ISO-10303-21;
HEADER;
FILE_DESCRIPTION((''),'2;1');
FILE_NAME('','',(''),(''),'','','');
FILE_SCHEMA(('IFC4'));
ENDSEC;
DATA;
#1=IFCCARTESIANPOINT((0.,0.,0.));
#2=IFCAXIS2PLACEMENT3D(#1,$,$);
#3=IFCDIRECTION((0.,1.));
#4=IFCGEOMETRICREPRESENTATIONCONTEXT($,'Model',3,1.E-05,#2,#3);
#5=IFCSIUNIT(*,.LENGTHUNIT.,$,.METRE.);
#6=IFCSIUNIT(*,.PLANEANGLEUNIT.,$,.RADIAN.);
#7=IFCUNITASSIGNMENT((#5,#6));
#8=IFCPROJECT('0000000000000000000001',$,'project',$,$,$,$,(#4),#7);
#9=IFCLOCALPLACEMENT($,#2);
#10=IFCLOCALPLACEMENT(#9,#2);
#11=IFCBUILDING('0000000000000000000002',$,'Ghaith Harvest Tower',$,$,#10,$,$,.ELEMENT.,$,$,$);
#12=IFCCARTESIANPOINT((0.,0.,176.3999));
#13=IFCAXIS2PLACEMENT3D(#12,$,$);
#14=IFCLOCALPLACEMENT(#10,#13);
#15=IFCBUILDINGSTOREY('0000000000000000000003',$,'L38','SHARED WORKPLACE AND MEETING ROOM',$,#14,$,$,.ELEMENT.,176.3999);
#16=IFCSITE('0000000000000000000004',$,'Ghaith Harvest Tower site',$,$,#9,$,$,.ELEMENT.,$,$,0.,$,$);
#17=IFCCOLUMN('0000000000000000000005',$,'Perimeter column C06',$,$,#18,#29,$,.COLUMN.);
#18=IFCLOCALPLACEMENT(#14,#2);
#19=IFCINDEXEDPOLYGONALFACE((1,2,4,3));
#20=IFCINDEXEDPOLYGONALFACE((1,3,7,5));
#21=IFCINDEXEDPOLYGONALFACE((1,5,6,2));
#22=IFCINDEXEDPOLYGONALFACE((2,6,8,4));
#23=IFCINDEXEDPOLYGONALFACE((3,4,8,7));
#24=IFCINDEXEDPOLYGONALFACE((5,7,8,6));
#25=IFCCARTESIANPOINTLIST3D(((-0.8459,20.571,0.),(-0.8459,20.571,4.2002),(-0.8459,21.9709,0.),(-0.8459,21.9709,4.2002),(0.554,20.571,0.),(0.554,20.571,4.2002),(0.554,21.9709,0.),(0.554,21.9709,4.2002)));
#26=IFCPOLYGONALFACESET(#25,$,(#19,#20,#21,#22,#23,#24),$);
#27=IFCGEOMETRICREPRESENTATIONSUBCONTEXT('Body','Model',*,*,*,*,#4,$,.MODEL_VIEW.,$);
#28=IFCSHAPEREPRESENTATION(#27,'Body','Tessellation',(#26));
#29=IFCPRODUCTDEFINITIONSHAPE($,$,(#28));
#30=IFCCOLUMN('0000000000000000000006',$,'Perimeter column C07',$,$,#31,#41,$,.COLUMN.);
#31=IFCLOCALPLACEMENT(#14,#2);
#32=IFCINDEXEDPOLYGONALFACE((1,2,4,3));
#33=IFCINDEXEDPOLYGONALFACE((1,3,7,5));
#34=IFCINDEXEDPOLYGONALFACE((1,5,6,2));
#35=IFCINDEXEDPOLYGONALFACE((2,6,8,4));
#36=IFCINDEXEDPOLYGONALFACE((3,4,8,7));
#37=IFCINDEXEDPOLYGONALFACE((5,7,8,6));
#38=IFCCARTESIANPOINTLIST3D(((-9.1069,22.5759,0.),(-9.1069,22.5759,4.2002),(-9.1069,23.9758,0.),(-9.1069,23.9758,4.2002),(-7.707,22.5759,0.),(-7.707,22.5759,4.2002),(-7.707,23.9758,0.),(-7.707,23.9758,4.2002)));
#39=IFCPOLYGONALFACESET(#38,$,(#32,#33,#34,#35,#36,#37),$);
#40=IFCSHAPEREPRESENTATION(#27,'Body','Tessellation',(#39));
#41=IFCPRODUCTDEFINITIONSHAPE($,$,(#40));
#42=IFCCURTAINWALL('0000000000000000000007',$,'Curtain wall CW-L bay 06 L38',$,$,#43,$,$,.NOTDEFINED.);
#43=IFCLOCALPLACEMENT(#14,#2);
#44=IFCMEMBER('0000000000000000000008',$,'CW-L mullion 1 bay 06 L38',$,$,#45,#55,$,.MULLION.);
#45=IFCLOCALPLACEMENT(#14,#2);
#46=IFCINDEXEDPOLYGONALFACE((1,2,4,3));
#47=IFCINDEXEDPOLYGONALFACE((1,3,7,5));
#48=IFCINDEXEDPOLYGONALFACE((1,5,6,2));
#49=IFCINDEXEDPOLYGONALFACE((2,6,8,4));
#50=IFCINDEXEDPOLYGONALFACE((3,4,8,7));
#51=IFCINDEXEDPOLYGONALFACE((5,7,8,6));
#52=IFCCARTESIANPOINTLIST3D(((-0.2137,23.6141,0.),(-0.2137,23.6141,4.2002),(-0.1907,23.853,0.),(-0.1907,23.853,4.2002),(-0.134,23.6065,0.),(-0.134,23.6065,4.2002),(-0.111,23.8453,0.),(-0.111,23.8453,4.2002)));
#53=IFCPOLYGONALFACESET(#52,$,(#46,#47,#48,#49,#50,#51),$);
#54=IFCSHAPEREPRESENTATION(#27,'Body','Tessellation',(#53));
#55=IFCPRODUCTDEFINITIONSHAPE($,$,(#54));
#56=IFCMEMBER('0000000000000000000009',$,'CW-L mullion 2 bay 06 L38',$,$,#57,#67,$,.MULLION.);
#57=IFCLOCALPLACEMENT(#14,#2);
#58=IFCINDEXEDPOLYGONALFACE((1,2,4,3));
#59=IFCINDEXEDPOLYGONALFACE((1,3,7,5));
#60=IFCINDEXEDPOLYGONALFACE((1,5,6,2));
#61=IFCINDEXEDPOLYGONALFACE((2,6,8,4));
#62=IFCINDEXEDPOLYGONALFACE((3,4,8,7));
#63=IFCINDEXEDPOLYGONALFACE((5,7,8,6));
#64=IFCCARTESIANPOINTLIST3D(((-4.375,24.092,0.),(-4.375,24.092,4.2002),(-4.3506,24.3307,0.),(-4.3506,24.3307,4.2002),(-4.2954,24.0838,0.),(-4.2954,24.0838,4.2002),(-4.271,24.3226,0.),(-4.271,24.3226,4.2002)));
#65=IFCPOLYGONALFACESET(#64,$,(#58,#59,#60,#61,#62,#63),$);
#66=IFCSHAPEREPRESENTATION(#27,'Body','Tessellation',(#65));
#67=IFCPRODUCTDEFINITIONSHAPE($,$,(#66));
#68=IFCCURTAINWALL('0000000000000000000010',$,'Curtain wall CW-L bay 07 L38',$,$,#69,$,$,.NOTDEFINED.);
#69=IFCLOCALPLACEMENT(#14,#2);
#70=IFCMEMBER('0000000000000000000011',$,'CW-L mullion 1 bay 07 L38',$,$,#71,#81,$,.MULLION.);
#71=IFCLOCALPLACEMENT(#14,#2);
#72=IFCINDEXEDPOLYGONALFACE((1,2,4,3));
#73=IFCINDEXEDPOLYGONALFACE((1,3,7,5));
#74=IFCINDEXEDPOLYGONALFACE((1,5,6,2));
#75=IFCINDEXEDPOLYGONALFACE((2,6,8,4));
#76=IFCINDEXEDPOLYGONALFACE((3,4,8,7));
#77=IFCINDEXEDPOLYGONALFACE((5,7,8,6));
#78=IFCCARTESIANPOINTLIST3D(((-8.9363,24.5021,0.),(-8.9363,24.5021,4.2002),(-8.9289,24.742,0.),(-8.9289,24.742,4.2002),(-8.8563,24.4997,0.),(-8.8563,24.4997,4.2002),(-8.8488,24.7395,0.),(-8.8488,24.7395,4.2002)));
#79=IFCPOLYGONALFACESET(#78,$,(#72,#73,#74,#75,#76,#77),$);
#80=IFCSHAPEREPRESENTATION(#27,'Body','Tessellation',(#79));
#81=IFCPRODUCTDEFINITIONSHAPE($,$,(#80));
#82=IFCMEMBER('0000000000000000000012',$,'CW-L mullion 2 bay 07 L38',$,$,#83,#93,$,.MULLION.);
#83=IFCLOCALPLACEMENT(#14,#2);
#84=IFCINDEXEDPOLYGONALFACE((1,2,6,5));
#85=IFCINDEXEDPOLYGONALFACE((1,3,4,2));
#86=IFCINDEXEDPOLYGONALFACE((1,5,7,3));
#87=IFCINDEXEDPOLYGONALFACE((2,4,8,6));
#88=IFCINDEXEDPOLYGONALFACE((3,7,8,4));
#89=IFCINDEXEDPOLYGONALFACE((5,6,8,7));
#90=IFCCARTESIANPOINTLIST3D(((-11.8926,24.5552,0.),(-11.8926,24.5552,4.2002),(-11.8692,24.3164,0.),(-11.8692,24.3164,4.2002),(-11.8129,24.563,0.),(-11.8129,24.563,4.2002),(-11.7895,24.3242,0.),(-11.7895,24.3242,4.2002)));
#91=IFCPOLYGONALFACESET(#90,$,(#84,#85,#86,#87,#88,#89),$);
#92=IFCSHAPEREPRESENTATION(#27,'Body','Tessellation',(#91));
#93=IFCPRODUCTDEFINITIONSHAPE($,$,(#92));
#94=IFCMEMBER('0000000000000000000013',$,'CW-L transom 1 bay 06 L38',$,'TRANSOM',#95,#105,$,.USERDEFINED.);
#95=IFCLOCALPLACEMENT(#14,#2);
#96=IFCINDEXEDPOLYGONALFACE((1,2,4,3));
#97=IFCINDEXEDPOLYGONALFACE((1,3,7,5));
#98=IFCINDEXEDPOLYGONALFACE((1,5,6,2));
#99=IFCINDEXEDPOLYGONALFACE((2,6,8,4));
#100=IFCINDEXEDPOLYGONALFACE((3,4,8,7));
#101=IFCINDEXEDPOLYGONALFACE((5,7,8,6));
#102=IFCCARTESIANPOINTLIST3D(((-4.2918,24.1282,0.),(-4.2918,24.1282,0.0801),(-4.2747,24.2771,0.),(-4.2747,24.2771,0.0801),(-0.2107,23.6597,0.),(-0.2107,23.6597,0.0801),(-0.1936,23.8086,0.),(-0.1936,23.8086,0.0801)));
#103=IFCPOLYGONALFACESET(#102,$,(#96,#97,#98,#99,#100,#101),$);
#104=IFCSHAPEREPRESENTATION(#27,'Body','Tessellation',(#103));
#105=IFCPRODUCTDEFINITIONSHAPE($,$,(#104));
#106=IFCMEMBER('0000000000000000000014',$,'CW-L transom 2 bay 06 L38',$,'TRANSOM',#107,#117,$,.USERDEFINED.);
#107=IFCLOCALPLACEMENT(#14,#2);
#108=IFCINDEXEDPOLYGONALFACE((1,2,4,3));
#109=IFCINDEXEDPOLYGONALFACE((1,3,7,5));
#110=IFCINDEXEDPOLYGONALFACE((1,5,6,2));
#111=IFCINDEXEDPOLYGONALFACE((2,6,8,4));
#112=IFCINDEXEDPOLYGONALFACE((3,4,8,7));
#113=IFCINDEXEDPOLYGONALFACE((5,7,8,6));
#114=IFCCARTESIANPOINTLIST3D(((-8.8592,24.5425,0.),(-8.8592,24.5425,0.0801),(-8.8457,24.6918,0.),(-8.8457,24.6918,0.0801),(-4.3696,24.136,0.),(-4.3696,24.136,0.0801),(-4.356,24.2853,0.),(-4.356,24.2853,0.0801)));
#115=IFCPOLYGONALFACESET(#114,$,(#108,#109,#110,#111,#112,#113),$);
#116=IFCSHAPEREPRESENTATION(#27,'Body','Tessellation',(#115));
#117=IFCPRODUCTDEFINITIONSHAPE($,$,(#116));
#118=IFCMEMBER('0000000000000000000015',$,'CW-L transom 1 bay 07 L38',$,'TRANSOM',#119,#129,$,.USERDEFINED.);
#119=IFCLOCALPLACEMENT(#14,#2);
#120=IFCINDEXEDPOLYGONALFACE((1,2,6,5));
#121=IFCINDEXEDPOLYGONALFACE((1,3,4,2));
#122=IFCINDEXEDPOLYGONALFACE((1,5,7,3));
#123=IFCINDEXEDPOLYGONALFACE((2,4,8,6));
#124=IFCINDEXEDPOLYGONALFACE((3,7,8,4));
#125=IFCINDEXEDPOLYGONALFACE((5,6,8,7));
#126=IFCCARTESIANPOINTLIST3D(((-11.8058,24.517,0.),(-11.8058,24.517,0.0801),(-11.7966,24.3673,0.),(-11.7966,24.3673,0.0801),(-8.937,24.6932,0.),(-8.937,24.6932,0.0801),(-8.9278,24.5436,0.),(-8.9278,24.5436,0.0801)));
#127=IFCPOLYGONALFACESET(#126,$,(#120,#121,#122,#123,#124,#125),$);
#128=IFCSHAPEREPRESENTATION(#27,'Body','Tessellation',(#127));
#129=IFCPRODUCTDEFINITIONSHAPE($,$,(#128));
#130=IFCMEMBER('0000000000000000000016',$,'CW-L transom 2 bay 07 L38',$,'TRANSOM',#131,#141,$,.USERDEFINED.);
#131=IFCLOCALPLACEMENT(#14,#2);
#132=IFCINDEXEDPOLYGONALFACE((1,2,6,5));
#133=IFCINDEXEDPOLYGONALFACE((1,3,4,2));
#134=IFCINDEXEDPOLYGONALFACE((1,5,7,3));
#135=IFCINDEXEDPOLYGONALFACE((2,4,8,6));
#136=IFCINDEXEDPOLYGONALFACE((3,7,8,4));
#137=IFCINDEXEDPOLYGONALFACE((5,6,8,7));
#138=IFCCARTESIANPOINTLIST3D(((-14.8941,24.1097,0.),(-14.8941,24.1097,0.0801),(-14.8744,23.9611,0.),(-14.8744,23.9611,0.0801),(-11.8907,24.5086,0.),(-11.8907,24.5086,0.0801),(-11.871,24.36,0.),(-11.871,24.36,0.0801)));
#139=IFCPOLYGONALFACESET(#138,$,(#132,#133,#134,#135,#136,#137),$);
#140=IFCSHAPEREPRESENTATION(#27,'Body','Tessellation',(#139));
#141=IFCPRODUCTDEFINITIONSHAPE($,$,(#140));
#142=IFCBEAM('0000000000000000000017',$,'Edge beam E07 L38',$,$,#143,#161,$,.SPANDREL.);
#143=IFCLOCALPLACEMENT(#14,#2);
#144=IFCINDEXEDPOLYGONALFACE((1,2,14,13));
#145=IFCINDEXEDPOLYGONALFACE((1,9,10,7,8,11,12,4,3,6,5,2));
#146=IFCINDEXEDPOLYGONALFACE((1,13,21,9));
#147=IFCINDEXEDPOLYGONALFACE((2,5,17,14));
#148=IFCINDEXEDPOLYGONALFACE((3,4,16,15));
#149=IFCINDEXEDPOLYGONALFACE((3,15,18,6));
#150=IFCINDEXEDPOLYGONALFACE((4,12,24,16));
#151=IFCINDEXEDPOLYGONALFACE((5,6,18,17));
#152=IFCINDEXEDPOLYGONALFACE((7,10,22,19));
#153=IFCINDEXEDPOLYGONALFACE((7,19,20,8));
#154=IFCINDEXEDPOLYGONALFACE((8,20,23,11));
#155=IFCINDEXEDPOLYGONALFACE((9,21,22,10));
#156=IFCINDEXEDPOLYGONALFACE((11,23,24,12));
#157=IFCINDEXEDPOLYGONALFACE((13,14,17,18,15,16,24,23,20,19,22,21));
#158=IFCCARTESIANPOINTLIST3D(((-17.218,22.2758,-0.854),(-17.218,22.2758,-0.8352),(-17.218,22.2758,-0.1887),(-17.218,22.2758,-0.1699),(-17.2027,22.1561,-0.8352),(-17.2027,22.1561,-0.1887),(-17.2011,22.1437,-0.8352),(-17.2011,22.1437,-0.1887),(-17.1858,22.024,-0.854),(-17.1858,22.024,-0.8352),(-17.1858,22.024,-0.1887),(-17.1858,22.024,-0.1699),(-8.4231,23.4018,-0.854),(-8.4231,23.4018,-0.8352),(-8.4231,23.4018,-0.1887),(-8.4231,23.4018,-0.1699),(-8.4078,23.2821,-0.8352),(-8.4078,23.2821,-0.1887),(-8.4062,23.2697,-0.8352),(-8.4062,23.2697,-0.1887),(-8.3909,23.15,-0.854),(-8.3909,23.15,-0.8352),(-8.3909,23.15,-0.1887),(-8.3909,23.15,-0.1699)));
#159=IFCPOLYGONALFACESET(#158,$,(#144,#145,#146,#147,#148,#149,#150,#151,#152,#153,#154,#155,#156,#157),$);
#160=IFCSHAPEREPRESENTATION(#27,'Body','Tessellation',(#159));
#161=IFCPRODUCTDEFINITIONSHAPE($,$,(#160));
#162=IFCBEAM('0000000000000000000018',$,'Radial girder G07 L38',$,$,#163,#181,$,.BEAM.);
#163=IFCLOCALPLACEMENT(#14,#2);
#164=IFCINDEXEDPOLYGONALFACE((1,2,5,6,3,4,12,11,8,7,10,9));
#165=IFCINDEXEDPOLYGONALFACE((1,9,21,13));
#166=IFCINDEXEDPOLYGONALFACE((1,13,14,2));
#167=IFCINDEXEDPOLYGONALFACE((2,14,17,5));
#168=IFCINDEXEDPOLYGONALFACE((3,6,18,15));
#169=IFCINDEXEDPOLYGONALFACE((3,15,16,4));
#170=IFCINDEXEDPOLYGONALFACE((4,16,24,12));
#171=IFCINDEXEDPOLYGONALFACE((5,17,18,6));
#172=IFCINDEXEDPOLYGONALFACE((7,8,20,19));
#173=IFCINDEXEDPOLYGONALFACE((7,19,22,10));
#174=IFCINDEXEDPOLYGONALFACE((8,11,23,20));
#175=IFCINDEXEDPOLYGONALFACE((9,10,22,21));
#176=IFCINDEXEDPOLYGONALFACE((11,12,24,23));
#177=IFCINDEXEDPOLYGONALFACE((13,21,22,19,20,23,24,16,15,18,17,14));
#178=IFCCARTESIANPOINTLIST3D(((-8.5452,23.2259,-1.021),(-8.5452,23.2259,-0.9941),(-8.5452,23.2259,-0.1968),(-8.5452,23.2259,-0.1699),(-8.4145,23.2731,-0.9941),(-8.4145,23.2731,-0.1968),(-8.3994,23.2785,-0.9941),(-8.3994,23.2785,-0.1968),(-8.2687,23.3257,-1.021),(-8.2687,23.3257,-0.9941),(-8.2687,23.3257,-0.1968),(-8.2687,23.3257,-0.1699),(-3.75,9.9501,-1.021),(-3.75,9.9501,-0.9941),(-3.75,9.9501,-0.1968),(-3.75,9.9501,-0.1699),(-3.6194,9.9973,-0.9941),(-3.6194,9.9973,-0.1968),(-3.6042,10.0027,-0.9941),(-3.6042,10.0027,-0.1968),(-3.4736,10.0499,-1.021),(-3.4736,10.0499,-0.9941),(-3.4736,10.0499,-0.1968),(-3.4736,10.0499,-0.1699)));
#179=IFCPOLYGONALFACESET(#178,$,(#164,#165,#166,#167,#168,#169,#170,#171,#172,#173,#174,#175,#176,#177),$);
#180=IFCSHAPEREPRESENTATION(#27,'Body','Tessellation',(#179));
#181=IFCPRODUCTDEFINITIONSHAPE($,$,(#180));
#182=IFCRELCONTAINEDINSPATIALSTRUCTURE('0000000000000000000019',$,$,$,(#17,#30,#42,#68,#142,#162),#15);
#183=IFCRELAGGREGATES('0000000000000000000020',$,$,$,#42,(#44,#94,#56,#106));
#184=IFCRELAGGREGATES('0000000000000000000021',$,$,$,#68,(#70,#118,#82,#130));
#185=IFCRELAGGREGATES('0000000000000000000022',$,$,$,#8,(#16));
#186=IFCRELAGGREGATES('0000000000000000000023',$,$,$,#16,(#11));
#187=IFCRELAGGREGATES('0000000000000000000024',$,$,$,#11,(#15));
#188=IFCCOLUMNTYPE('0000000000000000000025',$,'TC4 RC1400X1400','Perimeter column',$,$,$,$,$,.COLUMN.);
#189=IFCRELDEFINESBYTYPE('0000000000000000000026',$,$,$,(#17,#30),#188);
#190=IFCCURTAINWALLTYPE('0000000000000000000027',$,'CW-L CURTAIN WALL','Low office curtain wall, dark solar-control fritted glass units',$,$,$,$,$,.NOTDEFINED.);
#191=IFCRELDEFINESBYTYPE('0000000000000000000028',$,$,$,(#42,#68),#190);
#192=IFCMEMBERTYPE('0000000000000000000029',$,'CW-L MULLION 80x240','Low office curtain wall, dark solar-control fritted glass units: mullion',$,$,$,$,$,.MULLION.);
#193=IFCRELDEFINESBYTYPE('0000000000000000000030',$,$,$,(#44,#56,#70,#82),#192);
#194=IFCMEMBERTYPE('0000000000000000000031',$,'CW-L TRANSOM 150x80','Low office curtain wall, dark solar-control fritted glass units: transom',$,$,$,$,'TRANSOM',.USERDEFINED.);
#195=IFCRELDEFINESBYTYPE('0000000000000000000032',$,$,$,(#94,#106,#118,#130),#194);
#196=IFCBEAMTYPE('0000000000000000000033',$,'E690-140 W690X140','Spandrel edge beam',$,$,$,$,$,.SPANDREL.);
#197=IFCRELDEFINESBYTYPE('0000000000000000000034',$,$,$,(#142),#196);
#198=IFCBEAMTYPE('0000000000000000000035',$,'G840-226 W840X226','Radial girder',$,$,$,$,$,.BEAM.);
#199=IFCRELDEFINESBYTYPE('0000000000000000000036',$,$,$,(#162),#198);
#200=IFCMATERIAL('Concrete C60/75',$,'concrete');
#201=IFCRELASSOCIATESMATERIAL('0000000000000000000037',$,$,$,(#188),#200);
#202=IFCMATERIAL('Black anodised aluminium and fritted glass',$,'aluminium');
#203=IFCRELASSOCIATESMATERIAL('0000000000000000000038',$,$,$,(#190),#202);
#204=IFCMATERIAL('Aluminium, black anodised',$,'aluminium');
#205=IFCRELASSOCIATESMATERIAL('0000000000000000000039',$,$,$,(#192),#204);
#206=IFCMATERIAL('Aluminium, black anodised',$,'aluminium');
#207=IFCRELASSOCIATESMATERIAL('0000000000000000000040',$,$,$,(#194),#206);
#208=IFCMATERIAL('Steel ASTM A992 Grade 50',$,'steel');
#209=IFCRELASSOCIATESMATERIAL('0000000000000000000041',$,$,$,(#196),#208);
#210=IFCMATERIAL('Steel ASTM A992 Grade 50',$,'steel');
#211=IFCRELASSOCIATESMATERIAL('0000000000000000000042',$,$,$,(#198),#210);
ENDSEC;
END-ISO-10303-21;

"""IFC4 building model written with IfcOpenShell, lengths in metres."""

from ifc_helpers import new_model, si_unit, direction, frame, origin, origin_2d, place, context, subcontext, project, spatial, rectangle, i_section, extrude, material, material_profile, profile_set, type_object, element, aggregate, save


model = new_model("IFC4")

# Units and contexts
model_context = context("Model", 3, precision=1e-05, world=origin(), true_north=direction((0.0, 1.0)))
body_context = subcontext(model_context, "Body", "Model", "MODEL_VIEW")
ifc_project = project(units=[si_unit("LENGTHUNIT", "METRE"), si_unit("PLANEANGLEUNIT", "RADIAN")], contexts=[model_context])

# Site, building, storey
site_placement = place(None, origin())
site = spatial("IfcSite", under=ifc_project, at=site_placement, Name="Ghaith Harvest Tower site", CompositionType="ELEMENT", RefElevation=0.0)
building_placement = place(site_placement, origin())
building = spatial("IfcBuilding", under=site, at=building_placement, Name="Ghaith Harvest Tower", CompositionType="ELEMENT")
storey_placement = place(building_placement, frame((0.0, 0.0, 176.3999)))
storey = spatial("IfcBuildingStorey", under=building, at=storey_placement, Name="L38", Description="SHARED WORKPLACE AND MEETING ROOM", CompositionType="ELEMENT", Elevation=176.3999)

# Columns
ifc_material_1 = material(Name="Concrete C60/75", Category="concrete")
ifc_material_profile_1 = material_profile(ifc_material_1, rectangle(XDim=1.3999, YDim=1.3999, at=origin_2d()), Name="RC1400X1400")
ifc_profile_set_1 = profile_set([ifc_material_profile_1], Name="Concrete C60/75")
column_type = type_object("IfcColumnType", Name="TC4 RC1400X1400", Description="Perimeter column", PredefinedType="COLUMN", material=ifc_profile_set_1)
for number, where, z_axis, x_axis, name in (
    (1, (-0.146, 21.271, 0.0), (0.0, 0.0, 1.0), (1.0, 0.0, 0.0), "Perimeter column C06"),
    (2, (-8.407, 23.2759, 0.0), (0.0, 0.0, 1.0), (1.0, 0.0, 0.0), "Perimeter column C07"),
):
    element("IfcColumn", number, at=place(storey_placement, frame(where, z_axis=z_axis, x_axis=x_axis)), inside=storey, type_object=column_type, Name=name, PredefinedType="COLUMN", context=body_context, shape_type="SweptSolid", body=[
        extrude(rectangle(XDim=1.3999, YDim=1.3999, at=origin_2d()), origin(), (0.0, 0.0, 1.0), 4.2002),
    ])

# Curtain walls, members
ifc_material_2 = material(Name="Black anodised aluminium and fritted glass", Category="aluminium")
curtain_wall_type = type_object("IfcCurtainWallType", Name="CW-L CURTAIN WALL", Description="Low office curtain wall, dark solar-control fritted glass units", PredefinedType="NOTDEFINED", material=ifc_material_2)
curtain_wall_1_placement = place(storey_placement, origin())
curtain_wall_1 = element("IfcCurtainWall", 3, at=curtain_wall_1_placement, inside=storey, type_object=curtain_wall_type, Name="Curtain wall CW-L bay 06 L38", PredefinedType="NOTDEFINED")
ifc_material_3 = material(Name="Aluminium, black anodised", Category="aluminium")
ifc_material_profile_2 = material_profile(ifc_material_3, rectangle(XDim=0.0801, YDim=0.24, at=origin_2d()), Name="CW-L MULLION 80x240")
ifc_profile_set_2 = profile_set([ifc_material_profile_2], Name="Aluminium, black anodised")
member_type_1 = type_object("IfcMemberType", Name="CW-L MULLION 80x240", Description="Low office curtain wall, dark solar-control fritted glass units: mullion", PredefinedType="MULLION", material=ifc_profile_set_2)
member_1_placement = place(storey_placement, frame((-0.1624, 23.7297, 0.0), z_axis=(0.0, 0.0, 1.0), x_axis=(-0.995388, 0.09593, 0.0)))
member_1 = element("IfcMember", 4, at=member_1_placement, type_object=member_type_1, Name="CW-L mullion 1 bay 06 L38", PredefinedType="MULLION", context=body_context, shape_type="SweptSolid", body=[
    extrude(rectangle(XDim=0.0801, YDim=0.24, at=origin_2d()), origin(), (0.0, 0.0, 1.0), 4.2002),
])
member_2_placement = place(storey_placement, frame((-4.323, 24.2073, 0.0), z_axis=(0.0, 0.0, 1.0), x_axis=(-0.99483, 0.101551, 0.0)))
member_2 = element("IfcMember", 5, at=member_2_placement, type_object=member_type_1, Name="CW-L mullion 2 bay 06 L38", PredefinedType="MULLION", context=body_context, shape_type="SweptSolid", body=[
    extrude(rectangle(XDim=0.0801, YDim=0.24, at=origin_2d()), origin(), (0.0, 0.0, 1.0), 4.2002),
])
curtain_wall_2_placement = place(storey_placement, origin())
curtain_wall_2 = element("IfcCurtainWall", 6, at=curtain_wall_2_placement, inside=storey, type_object=curtain_wall_type, Name="Curtain wall CW-L bay 07 L38", PredefinedType="NOTDEFINED")
member_3_placement = place(storey_placement, frame((-8.8926, 24.6208, 0.0), z_axis=(0.0, 0.0, 1.0), x_axis=(-0.999522, 0.030909, 0.0)))
member_3 = element("IfcMember", 7, at=member_3_placement, type_object=member_type_1, Name="CW-L mullion 1 bay 07 L38", PredefinedType="MULLION", context=body_context, shape_type="SweptSolid", body=[
    extrude(rectangle(XDim=0.0801, YDim=0.24, at=origin_2d()), origin(), (0.0, 0.0, 1.0), 4.2002),
])
member_4_placement = place(storey_placement, frame((-11.8411, 24.4397, 0.0), z_axis=(0.0, 0.0, 1.0), x_axis=(-0.995238, -0.09748, 0.0)))
member_4 = element("IfcMember", 8, at=member_4_placement, type_object=member_type_1, Name="CW-L mullion 2 bay 07 L38", PredefinedType="MULLION", context=body_context, shape_type="SweptSolid", body=[
    extrude(rectangle(XDim=0.0801, YDim=0.24, at=origin_2d()), origin(), (0.0, 0.0, 1.0), 4.2002),
])

# Members
ifc_material_4 = material(Name="Aluminium, black anodised", Category="aluminium")
ifc_material_profile_3 = material_profile(ifc_material_4, rectangle(XDim=0.1499, YDim=0.0801, at=origin_2d()), Name="CW-L TRANSOM 150x80")
ifc_profile_set_3 = profile_set([ifc_material_profile_3], Name="Aluminium, black anodised")
member_type_2 = type_object("IfcMemberType", Name="CW-L TRANSOM 150x80", Description="Low office curtain wall, dark solar-control fritted glass units: transom", ElementType="TRANSOM", PredefinedType="USERDEFINED", material=ifc_profile_set_3)
member_5_placement = place(storey_placement, frame((-0.2021, 23.7341, 0.04), z_axis=(-0.993475, 0.114051, 0.0), x_axis=(-0.114051, -0.993475, 0.0)))
member_5 = element("IfcMember", 9, at=member_5_placement, type_object=member_type_2, Name="CW-L transom 1 bay 06 L38", ObjectType="TRANSOM", PredefinedType="USERDEFINED", context=body_context, shape_type="SweptSolid", body=[
    extrude(rectangle(XDim=0.1499, YDim=0.0801, at=origin_2d()), origin(), (0.0, 0.0, 1.0), 4.1079),
])
member_6_placement = place(storey_placement, frame((-4.3628, 24.2107, 0.04), z_axis=(-0.995926, 0.09017, 0.0), x_axis=(-0.09017, -0.995926, 0.0)))
member_6 = element("IfcMember", 10, at=member_6_placement, type_object=member_type_2, Name="CW-L transom 2 bay 06 L38", ObjectType="TRANSOM", PredefinedType="USERDEFINED", context=body_context, shape_type="SweptSolid", body=[
    extrude(rectangle(XDim=0.1499, YDim=0.0801, at=origin_2d()), origin(), (0.0, 0.0, 1.0), 4.5081),
])
member_7_placement = place(storey_placement, frame((-8.9324, 24.6184, 0.04), z_axis=(-0.998118, -0.061326, 0.0), x_axis=(0.061326, -0.998118, 0.0)))
member_7 = element("IfcMember", 11, at=member_7_placement, type_object=member_type_2, Name="CW-L transom 1 bay 07 L38", ObjectType="TRANSOM", PredefinedType="USERDEFINED", context=body_context, shape_type="SweptSolid", body=[
    extrude(rectangle(XDim=0.1499, YDim=0.0801, at=origin_2d()), origin(), (0.0, 0.0, 1.0), 2.8743),
])
member_8_placement = place(storey_placement, frame((-11.8809, 24.4343, 0.04), z_axis=(-0.991294, -0.131668, 0.0), x_axis=(0.131668, -0.991294, 0.0)))
member_8 = element("IfcMember", 12, at=member_8_placement, type_object=member_type_2, Name="CW-L transom 2 bay 07 L38", ObjectType="TRANSOM", PredefinedType="USERDEFINED", context=body_context, shape_type="SweptSolid", body=[
    extrude(rectangle(XDim=0.1499, YDim=0.0801, at=origin_2d()), origin(), (0.0, 0.0, 1.0), 3.0298),
])

# Beams
ifc_material_5 = material(Name="Steel ASTM A992 Grade 50", Category="steel")
ifc_material_profile_4 = material_profile(ifc_material_5, i_section(OverallWidth=0.2539, OverallDepth=0.6841, WebThickness=0.0125, FlangeThickness=0.0188, at=origin_2d()), Name="W690X140")
ifc_profile_set_4 = profile_set([ifc_material_profile_4], Name="Steel ASTM A992 Grade 50")
beam_type_1 = type_object("IfcBeamType", Name="E690-140 W690X140", Description="Spandrel edge beam", PredefinedType="SPANDREL", material=ifc_profile_set_4)
beam_1_placement = place(storey_placement, frame((-8.407, 23.2759, -0.512), z_axis=(-0.991904, -0.126989, 0.0), x_axis=(0.126989, -0.991904, 0.0)))
element("IfcBeam", 13, at=beam_1_placement, inside=storey, type_object=beam_type_1, Name="Edge beam E07 L38", PredefinedType="SPANDREL", context=body_context, shape_type="SweptSolid", body=[
    extrude(i_section(OverallWidth=0.2539, OverallDepth=0.6841, WebThickness=0.0125, FlangeThickness=0.0188, at=origin_2d()), origin(), (0.0, 0.0, 1.0), 8.8667),
])
ifc_material_6 = material(Name="Steel ASTM A992 Grade 50", Category="steel")
ifc_material_profile_5 = material_profile(ifc_material_6, i_section(OverallWidth=0.2939, OverallDepth=0.8511, WebThickness=0.0161, FlangeThickness=0.0269, at=origin_2d()), Name="W840X226")
ifc_profile_set_5 = profile_set([ifc_material_profile_5], Name="Steel ASTM A992 Grade 50")
beam_type_2 = type_object("IfcBeamType", Name="G840-226 W840X226", Description="Radial girder", PredefinedType="BEAM", material=ifc_profile_set_5)
beam_2_placement = place(storey_placement, frame((-3.6118, 10.0, -0.5955), z_axis=(-0.339713, 0.940529, 0.0), x_axis=(-0.940529, -0.339713, 0.0)))
element("IfcBeam", 14, at=beam_2_placement, inside=storey, type_object=beam_type_2, Name="Radial girder G07 L38", PredefinedType="BEAM", context=body_context, shape_type="SweptSolid", body=[
    extrude(i_section(OverallWidth=0.2939, OverallDepth=0.8511, WebThickness=0.0161, FlangeThickness=0.0269, at=origin_2d()), origin(), (0.0, 0.0, 1.0), 14.1152),
])

aggregate(curtain_wall_1, [member_1, member_5, member_2, member_6])
aggregate(curtain_wall_2, [member_3, member_7, member_4, member_8])

save(model, "model.ifc")
